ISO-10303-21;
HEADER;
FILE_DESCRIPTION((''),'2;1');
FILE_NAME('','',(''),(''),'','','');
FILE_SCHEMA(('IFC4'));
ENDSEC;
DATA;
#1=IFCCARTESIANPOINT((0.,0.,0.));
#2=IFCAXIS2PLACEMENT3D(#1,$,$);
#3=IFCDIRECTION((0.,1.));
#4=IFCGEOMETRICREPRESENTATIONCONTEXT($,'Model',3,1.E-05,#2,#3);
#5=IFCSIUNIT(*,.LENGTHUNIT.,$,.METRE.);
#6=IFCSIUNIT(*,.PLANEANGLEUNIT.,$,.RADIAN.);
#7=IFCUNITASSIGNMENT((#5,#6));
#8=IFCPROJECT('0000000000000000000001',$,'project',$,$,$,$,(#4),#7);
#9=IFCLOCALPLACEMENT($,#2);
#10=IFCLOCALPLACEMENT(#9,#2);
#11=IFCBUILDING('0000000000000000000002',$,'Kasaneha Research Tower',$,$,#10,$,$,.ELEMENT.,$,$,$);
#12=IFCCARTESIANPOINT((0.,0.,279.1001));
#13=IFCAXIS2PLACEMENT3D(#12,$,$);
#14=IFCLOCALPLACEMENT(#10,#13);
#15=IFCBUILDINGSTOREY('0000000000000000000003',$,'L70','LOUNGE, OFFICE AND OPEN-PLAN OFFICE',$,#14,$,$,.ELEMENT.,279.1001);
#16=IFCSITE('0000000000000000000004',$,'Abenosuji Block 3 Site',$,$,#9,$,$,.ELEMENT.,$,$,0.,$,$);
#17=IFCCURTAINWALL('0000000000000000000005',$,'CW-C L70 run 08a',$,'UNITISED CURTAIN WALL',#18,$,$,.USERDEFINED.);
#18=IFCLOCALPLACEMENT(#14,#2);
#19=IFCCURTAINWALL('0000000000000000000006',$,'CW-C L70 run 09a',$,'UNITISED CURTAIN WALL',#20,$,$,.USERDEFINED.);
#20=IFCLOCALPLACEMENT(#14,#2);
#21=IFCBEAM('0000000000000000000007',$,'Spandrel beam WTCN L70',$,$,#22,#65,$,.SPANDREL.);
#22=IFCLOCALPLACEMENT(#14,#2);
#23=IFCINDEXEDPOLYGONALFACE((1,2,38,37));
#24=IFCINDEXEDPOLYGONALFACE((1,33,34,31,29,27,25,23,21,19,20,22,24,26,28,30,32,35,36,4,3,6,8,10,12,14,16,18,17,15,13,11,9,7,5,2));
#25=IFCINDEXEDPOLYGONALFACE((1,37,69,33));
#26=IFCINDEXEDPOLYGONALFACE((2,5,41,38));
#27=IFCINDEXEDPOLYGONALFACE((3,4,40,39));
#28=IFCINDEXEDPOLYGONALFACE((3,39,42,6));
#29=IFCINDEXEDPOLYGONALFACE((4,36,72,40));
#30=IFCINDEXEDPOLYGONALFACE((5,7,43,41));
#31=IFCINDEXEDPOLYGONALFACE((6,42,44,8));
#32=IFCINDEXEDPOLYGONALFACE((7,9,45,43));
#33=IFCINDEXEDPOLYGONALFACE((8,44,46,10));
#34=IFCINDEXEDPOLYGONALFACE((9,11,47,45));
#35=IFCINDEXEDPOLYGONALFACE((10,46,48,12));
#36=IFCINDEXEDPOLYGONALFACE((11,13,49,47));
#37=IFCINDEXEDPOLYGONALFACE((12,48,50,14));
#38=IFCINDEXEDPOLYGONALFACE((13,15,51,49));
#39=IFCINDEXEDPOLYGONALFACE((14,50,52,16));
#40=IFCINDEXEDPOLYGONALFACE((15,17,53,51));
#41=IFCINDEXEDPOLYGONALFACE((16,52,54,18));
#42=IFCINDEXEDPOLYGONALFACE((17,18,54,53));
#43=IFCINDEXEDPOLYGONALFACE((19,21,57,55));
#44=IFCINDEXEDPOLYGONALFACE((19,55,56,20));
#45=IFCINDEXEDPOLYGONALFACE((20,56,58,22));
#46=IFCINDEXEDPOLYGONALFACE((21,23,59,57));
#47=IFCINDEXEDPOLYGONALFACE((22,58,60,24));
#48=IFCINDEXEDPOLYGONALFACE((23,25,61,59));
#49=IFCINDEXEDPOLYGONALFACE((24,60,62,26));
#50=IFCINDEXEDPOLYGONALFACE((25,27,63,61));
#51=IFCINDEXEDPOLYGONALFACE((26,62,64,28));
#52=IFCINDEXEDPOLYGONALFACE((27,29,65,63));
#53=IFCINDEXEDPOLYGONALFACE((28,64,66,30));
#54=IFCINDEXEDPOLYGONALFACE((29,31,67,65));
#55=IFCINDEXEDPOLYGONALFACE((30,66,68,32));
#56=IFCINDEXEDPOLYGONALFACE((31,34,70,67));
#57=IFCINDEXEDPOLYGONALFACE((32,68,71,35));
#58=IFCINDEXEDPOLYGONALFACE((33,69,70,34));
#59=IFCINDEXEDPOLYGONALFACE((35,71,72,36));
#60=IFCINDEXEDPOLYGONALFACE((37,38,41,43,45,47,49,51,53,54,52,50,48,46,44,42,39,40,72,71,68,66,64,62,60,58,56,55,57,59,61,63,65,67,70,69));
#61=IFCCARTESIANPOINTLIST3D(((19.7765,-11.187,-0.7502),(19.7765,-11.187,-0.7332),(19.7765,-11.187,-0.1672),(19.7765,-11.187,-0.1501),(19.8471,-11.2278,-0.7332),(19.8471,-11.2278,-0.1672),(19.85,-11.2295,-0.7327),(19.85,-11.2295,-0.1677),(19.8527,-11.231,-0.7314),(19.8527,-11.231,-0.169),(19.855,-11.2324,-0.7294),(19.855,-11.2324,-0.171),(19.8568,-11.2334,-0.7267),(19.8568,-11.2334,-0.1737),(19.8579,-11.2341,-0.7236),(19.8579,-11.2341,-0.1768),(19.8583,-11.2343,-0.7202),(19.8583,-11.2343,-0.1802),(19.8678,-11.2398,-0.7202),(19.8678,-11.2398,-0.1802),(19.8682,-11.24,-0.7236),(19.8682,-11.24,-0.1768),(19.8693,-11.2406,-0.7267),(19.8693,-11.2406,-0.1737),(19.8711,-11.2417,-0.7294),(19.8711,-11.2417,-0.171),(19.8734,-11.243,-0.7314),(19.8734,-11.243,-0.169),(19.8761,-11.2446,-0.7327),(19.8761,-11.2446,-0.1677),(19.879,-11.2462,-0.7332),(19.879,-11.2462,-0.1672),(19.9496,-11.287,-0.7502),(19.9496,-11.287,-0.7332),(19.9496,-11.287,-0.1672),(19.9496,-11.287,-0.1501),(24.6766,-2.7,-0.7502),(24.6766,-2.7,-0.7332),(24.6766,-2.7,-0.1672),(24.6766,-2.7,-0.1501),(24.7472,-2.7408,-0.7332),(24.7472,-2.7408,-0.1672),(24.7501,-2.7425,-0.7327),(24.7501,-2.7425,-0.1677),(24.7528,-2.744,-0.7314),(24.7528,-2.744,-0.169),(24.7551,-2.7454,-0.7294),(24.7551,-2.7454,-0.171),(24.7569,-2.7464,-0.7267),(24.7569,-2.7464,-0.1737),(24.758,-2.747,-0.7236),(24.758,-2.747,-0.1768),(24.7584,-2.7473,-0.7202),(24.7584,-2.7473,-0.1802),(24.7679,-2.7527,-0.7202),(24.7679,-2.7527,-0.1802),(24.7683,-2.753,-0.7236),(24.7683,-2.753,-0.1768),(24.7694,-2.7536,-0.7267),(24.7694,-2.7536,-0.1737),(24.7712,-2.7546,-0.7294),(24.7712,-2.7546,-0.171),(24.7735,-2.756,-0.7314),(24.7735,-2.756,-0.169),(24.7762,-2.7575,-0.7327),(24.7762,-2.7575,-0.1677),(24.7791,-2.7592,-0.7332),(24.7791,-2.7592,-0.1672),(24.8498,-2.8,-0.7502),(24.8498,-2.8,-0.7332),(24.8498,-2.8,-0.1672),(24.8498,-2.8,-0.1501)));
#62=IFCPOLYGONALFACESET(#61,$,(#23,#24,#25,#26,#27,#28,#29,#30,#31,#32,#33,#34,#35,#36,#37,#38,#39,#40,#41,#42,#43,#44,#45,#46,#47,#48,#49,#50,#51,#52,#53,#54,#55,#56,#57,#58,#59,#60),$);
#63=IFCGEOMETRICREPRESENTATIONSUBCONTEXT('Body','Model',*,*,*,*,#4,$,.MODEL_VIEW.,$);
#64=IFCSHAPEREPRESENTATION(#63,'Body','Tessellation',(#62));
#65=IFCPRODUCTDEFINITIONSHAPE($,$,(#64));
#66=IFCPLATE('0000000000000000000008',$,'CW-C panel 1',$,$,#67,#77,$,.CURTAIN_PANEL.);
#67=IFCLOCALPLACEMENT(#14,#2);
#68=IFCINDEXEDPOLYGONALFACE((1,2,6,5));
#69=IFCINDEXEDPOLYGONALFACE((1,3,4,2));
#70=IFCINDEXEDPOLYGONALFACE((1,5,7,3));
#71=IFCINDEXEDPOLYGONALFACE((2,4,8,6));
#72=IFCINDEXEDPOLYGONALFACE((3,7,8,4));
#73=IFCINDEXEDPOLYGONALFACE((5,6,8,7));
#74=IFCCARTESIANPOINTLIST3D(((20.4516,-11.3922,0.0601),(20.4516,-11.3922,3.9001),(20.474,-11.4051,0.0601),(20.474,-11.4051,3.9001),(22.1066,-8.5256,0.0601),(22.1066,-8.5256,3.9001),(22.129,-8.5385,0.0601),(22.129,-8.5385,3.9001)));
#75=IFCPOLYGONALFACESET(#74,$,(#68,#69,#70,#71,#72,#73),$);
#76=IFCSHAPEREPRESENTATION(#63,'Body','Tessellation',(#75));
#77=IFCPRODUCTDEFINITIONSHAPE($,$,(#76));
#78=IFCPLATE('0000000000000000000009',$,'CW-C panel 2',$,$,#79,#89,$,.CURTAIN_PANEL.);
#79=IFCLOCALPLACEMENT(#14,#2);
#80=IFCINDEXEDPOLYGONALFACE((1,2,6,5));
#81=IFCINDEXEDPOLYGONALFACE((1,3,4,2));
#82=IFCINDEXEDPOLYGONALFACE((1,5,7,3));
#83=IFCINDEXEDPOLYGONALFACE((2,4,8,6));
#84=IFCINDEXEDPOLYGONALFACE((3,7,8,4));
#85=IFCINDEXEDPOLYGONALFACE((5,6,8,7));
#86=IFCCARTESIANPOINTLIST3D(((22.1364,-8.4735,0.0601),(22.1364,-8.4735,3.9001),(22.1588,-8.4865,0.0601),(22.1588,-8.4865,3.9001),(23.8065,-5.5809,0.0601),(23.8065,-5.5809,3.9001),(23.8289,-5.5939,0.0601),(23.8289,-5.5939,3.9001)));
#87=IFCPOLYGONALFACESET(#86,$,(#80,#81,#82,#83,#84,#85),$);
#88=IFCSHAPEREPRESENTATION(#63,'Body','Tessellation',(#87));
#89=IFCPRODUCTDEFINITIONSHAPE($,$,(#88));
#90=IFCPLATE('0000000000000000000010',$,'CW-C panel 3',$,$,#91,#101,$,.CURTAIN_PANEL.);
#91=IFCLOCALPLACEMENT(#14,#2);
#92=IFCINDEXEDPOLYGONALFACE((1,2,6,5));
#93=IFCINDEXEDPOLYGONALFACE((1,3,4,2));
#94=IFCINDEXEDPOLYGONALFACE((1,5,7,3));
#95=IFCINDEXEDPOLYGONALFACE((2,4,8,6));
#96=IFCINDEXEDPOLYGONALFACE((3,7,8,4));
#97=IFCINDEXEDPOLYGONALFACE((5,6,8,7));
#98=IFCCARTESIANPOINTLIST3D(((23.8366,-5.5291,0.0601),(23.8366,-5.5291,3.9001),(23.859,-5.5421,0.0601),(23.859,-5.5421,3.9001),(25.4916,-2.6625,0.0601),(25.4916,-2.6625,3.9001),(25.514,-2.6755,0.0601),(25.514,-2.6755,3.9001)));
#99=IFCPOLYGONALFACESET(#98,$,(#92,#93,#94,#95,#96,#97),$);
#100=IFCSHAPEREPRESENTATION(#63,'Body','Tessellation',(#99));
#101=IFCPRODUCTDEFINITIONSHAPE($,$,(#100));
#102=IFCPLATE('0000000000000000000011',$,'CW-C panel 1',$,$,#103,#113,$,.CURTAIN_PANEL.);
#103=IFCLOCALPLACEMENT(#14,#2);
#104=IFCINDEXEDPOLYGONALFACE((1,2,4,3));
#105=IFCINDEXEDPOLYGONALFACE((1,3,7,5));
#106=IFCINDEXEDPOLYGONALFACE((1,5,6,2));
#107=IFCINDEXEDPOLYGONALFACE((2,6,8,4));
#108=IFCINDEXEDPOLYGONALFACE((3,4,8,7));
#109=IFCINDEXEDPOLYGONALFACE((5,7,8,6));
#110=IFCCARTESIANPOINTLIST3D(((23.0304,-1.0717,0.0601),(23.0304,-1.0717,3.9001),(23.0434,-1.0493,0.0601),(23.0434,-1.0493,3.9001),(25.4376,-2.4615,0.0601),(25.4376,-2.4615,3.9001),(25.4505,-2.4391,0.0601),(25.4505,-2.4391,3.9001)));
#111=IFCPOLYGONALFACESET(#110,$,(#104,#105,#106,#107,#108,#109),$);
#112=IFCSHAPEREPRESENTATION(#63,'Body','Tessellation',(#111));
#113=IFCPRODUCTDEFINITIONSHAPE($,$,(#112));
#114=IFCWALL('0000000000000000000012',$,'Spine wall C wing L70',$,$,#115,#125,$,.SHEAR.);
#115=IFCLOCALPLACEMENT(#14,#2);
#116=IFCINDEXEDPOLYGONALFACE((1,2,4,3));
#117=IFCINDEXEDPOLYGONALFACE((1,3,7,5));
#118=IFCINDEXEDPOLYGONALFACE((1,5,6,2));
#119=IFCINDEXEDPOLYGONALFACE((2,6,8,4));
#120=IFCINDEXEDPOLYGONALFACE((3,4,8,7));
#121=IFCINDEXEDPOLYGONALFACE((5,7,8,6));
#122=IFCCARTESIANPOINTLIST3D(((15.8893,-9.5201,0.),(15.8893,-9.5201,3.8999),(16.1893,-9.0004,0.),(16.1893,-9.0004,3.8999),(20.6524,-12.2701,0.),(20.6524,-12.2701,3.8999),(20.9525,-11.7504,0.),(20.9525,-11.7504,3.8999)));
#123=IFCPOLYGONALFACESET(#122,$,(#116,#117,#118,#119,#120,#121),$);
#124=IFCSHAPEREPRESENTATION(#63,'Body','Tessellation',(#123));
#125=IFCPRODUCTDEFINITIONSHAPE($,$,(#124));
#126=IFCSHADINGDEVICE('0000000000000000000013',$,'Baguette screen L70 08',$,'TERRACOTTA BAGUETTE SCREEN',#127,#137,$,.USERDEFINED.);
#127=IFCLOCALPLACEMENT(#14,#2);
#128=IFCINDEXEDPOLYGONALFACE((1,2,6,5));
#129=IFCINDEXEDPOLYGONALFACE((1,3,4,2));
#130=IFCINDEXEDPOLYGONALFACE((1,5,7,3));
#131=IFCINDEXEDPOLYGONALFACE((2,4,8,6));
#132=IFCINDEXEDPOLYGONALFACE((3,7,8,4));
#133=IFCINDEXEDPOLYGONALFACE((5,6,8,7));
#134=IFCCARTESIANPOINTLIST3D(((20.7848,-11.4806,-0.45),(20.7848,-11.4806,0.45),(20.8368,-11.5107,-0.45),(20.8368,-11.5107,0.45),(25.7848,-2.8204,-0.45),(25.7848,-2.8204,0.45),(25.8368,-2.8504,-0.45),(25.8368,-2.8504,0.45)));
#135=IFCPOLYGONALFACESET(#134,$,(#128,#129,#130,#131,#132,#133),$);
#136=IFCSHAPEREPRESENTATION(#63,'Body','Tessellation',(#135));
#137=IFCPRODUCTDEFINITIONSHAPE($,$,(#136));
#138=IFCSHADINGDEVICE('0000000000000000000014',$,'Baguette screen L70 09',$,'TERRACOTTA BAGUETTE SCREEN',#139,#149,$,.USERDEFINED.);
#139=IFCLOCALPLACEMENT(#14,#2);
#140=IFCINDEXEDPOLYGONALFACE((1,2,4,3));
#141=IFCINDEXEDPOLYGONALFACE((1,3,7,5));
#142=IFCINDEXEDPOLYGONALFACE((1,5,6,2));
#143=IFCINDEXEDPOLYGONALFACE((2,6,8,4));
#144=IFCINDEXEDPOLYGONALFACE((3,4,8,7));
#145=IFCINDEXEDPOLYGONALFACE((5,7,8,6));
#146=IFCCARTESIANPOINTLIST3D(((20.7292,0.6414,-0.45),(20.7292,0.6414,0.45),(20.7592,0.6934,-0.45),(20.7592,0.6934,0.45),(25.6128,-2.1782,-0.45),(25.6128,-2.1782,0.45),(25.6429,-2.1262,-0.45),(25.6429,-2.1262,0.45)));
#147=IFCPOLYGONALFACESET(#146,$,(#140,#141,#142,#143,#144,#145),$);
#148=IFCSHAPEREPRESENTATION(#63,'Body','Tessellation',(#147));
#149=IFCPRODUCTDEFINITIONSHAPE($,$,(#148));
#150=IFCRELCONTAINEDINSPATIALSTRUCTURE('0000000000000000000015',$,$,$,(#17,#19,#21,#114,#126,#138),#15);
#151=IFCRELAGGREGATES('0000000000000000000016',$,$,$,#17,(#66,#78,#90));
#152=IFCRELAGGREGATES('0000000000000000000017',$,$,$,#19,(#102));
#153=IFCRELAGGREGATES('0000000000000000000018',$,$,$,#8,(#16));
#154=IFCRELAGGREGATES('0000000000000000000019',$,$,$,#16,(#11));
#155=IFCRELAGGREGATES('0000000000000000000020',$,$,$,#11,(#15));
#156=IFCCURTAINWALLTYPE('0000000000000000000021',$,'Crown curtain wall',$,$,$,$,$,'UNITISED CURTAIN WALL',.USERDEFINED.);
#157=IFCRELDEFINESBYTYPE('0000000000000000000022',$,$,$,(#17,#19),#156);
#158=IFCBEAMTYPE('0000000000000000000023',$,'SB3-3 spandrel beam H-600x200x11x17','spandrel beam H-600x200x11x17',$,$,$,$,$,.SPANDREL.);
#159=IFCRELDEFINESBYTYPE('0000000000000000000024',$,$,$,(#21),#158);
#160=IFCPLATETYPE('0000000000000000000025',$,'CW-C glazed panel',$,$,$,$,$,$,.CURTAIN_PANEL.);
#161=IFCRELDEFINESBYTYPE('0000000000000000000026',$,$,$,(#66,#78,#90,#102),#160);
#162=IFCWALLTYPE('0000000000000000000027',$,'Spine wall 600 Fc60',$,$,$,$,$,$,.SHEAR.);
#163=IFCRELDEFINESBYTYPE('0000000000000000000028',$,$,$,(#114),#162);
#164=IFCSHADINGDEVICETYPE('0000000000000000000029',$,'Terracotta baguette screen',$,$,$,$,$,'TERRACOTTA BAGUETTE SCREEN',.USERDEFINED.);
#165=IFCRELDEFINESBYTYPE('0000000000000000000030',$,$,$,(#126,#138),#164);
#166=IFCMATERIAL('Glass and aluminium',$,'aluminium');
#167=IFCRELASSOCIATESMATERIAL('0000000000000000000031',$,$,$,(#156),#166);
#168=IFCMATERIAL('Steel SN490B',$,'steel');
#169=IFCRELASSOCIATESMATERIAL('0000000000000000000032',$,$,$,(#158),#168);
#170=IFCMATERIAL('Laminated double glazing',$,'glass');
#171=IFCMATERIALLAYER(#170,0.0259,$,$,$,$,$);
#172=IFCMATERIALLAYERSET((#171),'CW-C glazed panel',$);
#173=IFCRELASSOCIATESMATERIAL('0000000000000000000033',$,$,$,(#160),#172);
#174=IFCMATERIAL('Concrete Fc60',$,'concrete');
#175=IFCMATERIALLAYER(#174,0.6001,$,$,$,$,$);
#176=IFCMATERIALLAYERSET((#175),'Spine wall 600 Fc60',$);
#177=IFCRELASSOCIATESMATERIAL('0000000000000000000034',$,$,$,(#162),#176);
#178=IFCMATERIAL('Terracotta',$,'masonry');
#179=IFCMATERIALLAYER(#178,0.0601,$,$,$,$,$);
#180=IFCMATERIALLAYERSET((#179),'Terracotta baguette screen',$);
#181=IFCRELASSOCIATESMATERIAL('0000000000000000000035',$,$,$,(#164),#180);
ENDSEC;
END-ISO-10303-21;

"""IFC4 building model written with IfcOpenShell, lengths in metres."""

from ifc_helpers import new_model, si_unit, direction, frame, frame_2d, origin, origin_2d, place, context, subcontext, project, spatial, rectangle, i_section, extrude, material, layer, layer_set, material_profile, profile_set, type_object, element, aggregate, save


model = new_model("IFC4")

# Units and contexts
model_context = context("Model", 3, precision=1e-05, world=origin(), true_north=direction((0.0, 1.0)))
body_context = subcontext(model_context, "Body", "Model", "MODEL_VIEW")
ifc_project = project(units=[si_unit("LENGTHUNIT", "METRE"), si_unit("PLANEANGLEUNIT", "RADIAN")], contexts=[model_context])

# Site, building, storey
site_placement = place(None, origin())
site = spatial("IfcSite", under=ifc_project, at=site_placement, Name="Abenosuji Block 3 Site", CompositionType="ELEMENT", RefElevation=0.0)
building_placement = place(site_placement, origin())
building = spatial("IfcBuilding", under=site, at=building_placement, Name="Kasaneha Research Tower", CompositionType="ELEMENT")
storey_placement = place(building_placement, frame((0.0, 0.0, 279.1001)))
storey = spatial("IfcBuildingStorey", under=building, at=storey_placement, Name="L70", Description="LOUNGE, OFFICE AND OPEN-PLAN OFFICE", CompositionType="ELEMENT", Elevation=279.1001)

# Curtain walls
ifc_material_1 = material(Name="Glass and aluminium", Category="aluminium")
curtain_wall_type = type_object("IfcCurtainWallType", Name="Crown curtain wall", ElementType="UNITISED CURTAIN WALL", PredefinedType="USERDEFINED", material=ifc_material_1)
curtain_wall_1_placement = place(storey_placement, origin())
curtain_wall_1 = element("IfcCurtainWall", 1, at=curtain_wall_1_placement, inside=storey, type_object=curtain_wall_type, Name="CW-C L70 run 08a", ObjectType="UNITISED CURTAIN WALL", PredefinedType="USERDEFINED")
curtain_wall_2_placement = place(storey_placement, origin())
curtain_wall_2 = element("IfcCurtainWall", 2, at=curtain_wall_2_placement, inside=storey, type_object=curtain_wall_type, Name="CW-C L70 run 09a", ObjectType="UNITISED CURTAIN WALL", PredefinedType="USERDEFINED")

# Beam
ifc_material_2 = material(Name="Steel SN490B", Category="steel")
ifc_material_profile_1 = material_profile(ifc_material_2, i_section(OverallWidth=0.2, OverallDepth=0.6001, WebThickness=0.011, FlangeThickness=0.0171, FilletRadius=0.0129, at=origin_2d()), Name="H-600x200x11x17")
ifc_profile_set_1 = profile_set([ifc_material_profile_1], Name="Steel SN490B")
beam_type_1 = type_object("IfcBeamType", Name="SB3-3 spandrel beam H-600x200x11x17", Description="spandrel beam H-600x200x11x17", PredefinedType="SPANDREL", material=ifc_profile_set_1)
beam_1_placement = place(storey_placement, frame((24.7632, -2.75, -0.4502), z_axis=(-0.500011, -0.866019, 0.0), x_axis=(0.866019, -0.500011, 0.0)))
element("IfcBeam", 3, at=beam_1_placement, inside=storey, type_object=beam_type_1, Name="Spandrel beam WTCN L70", PredefinedType="SPANDREL", context=body_context, shape_type="SweptSolid", body=[
    extrude(i_section(OverallWidth=0.2, OverallDepth=0.6001, WebThickness=0.011, FlangeThickness=0.0171, FilletRadius=0.0129, at=origin_2d()), origin(), (0.0, 0.0, 1.0), 9.8),
])

# Plates
ifc_material_3 = material(Name="Laminated double glazing", Category="glass")
ifc_layer_1 = layer(ifc_material_3, 0.0259)
ifc_layer_set_1 = layer_set([ifc_layer_1], Name="CW-C glazed panel")
plate_type = type_object("IfcPlateType", Name="CW-C glazed panel", PredefinedType="CURTAIN_PANEL", material=ifc_layer_set_1)
plate_1_placement = place(storey_placement, frame((21.2903, -9.9653, 0.0601), z_axis=(0.0, 0.0, 1.0), x_axis=(0.5, 0.866025, 0.0)))
plate_1 = element("IfcPlate", 4, at=plate_1_placement, type_object=plate_type, Name="CW-C panel 1", PredefinedType="CURTAIN_PANEL", context=body_context, shape_type="SweptSolid", body=[
    extrude(rectangle(XDim=3.3101, YDim=0.0259, at=origin_2d()), origin(), (0.0, 0.0, 1.0), 3.8401),
])
plate_2_placement = place(storey_placement, frame((22.9827, -7.0337, 0.0601), z_axis=(0.0, 0.0, 1.0), x_axis=(0.5, 0.866025, 0.0)))
plate_2 = element("IfcPlate", 5, at=plate_2_placement, type_object=plate_type, Name="CW-C panel 2", PredefinedType="CURTAIN_PANEL", context=body_context, shape_type="SweptSolid", body=[
    extrude(rectangle(XDim=3.3401, YDim=0.0259, at=origin_2d()), origin(), (0.0, 0.0, 1.0), 3.8401),
])
plate_3_placement = place(storey_placement, frame((24.6753, -4.1023, 0.0601), z_axis=(0.0, 0.0, 1.0), x_axis=(0.5, 0.866025, 0.0)))
plate_3 = element("IfcPlate", 6, at=plate_3_placement, type_object=plate_type, Name="CW-C panel 3", PredefinedType="CURTAIN_PANEL", context=body_context, shape_type="SweptSolid", body=[
    extrude(rectangle(XDim=3.3101, YDim=0.0259, at=origin_2d()), origin(), (0.0, 0.0, 1.0), 3.8401),
])
aggregate(curtain_wall_1, [plate_1, plate_2, plate_3])
plate_4_placement = place(storey_placement, frame((24.2405, -1.7554, 0.0601), z_axis=(0.0, 0.0, 1.0), x_axis=(-0.866025, 0.5, 0.0)))
plate_4 = element("IfcPlate", 7, at=plate_4_placement, type_object=plate_type, Name="CW-C panel 1", PredefinedType="CURTAIN_PANEL", context=body_context, shape_type="SweptSolid", body=[
    extrude(rectangle(XDim=2.7795, YDim=0.0259, at=origin_2d()), origin(), (0.0, 0.0, 1.0), 3.8401),
])
aggregate(curtain_wall_2, [plate_4])

# Wall
ifc_material_4 = material(Name="Concrete Fc60", Category="concrete")
ifc_layer_2 = layer(ifc_material_4, 0.6001)
ifc_layer_set_2 = layer_set([ifc_layer_2], Name="Spine wall 600 Fc60")
wall_type = type_object("IfcWallType", Name="Spine wall 600 Fc60", PredefinedType="SHEAR", material=ifc_layer_set_2)
wall_placement = place(storey_placement, frame((16.0393, -9.2603, 0.0), z_axis=(0.0, 0.0, 1.0), x_axis=(0.866027, -0.499997, 0.0)))
element("IfcWall", 8, at=wall_placement, inside=storey, type_object=wall_type, Name="Spine wall C wing L70", PredefinedType="SHEAR", context=body_context, shape_type="SweptSolid", body=[
    extrude(rectangle(XDim=5.5, YDim=0.6001, at=frame_2d((2.75, 0.0))), origin(), (0.0, 0.0, 1.0), 3.8999),
])

# Shading devices
ifc_material_5 = material(Name="Terracotta", Category="masonry")
ifc_layer_3 = layer(ifc_material_5, 0.0601)
ifc_layer_set_3 = layer_set([ifc_layer_3], Name="Terracotta baguette screen")
shading_device_type = type_object("IfcShadingDeviceType", Name="Terracotta baguette screen", ElementType="TERRACOTTA BAGUETTE SCREEN", PredefinedType="USERDEFINED", material=ifc_layer_set_3)
shading_device_1_placement = place(storey_placement, frame((23.3108, -7.1655, -0.45), z_axis=(0.0, 0.0, 1.0), x_axis=(0.5, 0.866025, 0.0)))
element("IfcShadingDevice", 9, at=shading_device_1_placement, inside=storey, type_object=shading_device_type, Name="Baguette screen L70 08", ObjectType="TERRACOTTA BAGUETTE SCREEN", PredefinedType="USERDEFINED", context=body_context, shape_type="SweptSolid", body=[
    extrude(rectangle(XDim=10.0, YDim=0.0601, at=origin_2d()), origin(), (0.0, 0.0, 1.0), 0.8999),
])
shading_device_2_placement = place(storey_placement, frame((23.186, -0.7424, -0.45), z_axis=(0.0, 0.0, 1.0), x_axis=(-0.866025, 0.5, 0.0)))
element("IfcShadingDevice", 10, at=shading_device_2_placement, inside=storey, type_object=shading_device_type, Name="Baguette screen L70 09", ObjectType="TERRACOTTA BAGUETTE SCREEN", PredefinedType="USERDEFINED", context=body_context, shape_type="SweptSolid", body=[
    extrude(rectangle(XDim=5.6392, YDim=0.0601, at=origin_2d()), origin(), (0.0, 0.0, 1.0), 0.8999),
])

save(model, "model.ifc")
